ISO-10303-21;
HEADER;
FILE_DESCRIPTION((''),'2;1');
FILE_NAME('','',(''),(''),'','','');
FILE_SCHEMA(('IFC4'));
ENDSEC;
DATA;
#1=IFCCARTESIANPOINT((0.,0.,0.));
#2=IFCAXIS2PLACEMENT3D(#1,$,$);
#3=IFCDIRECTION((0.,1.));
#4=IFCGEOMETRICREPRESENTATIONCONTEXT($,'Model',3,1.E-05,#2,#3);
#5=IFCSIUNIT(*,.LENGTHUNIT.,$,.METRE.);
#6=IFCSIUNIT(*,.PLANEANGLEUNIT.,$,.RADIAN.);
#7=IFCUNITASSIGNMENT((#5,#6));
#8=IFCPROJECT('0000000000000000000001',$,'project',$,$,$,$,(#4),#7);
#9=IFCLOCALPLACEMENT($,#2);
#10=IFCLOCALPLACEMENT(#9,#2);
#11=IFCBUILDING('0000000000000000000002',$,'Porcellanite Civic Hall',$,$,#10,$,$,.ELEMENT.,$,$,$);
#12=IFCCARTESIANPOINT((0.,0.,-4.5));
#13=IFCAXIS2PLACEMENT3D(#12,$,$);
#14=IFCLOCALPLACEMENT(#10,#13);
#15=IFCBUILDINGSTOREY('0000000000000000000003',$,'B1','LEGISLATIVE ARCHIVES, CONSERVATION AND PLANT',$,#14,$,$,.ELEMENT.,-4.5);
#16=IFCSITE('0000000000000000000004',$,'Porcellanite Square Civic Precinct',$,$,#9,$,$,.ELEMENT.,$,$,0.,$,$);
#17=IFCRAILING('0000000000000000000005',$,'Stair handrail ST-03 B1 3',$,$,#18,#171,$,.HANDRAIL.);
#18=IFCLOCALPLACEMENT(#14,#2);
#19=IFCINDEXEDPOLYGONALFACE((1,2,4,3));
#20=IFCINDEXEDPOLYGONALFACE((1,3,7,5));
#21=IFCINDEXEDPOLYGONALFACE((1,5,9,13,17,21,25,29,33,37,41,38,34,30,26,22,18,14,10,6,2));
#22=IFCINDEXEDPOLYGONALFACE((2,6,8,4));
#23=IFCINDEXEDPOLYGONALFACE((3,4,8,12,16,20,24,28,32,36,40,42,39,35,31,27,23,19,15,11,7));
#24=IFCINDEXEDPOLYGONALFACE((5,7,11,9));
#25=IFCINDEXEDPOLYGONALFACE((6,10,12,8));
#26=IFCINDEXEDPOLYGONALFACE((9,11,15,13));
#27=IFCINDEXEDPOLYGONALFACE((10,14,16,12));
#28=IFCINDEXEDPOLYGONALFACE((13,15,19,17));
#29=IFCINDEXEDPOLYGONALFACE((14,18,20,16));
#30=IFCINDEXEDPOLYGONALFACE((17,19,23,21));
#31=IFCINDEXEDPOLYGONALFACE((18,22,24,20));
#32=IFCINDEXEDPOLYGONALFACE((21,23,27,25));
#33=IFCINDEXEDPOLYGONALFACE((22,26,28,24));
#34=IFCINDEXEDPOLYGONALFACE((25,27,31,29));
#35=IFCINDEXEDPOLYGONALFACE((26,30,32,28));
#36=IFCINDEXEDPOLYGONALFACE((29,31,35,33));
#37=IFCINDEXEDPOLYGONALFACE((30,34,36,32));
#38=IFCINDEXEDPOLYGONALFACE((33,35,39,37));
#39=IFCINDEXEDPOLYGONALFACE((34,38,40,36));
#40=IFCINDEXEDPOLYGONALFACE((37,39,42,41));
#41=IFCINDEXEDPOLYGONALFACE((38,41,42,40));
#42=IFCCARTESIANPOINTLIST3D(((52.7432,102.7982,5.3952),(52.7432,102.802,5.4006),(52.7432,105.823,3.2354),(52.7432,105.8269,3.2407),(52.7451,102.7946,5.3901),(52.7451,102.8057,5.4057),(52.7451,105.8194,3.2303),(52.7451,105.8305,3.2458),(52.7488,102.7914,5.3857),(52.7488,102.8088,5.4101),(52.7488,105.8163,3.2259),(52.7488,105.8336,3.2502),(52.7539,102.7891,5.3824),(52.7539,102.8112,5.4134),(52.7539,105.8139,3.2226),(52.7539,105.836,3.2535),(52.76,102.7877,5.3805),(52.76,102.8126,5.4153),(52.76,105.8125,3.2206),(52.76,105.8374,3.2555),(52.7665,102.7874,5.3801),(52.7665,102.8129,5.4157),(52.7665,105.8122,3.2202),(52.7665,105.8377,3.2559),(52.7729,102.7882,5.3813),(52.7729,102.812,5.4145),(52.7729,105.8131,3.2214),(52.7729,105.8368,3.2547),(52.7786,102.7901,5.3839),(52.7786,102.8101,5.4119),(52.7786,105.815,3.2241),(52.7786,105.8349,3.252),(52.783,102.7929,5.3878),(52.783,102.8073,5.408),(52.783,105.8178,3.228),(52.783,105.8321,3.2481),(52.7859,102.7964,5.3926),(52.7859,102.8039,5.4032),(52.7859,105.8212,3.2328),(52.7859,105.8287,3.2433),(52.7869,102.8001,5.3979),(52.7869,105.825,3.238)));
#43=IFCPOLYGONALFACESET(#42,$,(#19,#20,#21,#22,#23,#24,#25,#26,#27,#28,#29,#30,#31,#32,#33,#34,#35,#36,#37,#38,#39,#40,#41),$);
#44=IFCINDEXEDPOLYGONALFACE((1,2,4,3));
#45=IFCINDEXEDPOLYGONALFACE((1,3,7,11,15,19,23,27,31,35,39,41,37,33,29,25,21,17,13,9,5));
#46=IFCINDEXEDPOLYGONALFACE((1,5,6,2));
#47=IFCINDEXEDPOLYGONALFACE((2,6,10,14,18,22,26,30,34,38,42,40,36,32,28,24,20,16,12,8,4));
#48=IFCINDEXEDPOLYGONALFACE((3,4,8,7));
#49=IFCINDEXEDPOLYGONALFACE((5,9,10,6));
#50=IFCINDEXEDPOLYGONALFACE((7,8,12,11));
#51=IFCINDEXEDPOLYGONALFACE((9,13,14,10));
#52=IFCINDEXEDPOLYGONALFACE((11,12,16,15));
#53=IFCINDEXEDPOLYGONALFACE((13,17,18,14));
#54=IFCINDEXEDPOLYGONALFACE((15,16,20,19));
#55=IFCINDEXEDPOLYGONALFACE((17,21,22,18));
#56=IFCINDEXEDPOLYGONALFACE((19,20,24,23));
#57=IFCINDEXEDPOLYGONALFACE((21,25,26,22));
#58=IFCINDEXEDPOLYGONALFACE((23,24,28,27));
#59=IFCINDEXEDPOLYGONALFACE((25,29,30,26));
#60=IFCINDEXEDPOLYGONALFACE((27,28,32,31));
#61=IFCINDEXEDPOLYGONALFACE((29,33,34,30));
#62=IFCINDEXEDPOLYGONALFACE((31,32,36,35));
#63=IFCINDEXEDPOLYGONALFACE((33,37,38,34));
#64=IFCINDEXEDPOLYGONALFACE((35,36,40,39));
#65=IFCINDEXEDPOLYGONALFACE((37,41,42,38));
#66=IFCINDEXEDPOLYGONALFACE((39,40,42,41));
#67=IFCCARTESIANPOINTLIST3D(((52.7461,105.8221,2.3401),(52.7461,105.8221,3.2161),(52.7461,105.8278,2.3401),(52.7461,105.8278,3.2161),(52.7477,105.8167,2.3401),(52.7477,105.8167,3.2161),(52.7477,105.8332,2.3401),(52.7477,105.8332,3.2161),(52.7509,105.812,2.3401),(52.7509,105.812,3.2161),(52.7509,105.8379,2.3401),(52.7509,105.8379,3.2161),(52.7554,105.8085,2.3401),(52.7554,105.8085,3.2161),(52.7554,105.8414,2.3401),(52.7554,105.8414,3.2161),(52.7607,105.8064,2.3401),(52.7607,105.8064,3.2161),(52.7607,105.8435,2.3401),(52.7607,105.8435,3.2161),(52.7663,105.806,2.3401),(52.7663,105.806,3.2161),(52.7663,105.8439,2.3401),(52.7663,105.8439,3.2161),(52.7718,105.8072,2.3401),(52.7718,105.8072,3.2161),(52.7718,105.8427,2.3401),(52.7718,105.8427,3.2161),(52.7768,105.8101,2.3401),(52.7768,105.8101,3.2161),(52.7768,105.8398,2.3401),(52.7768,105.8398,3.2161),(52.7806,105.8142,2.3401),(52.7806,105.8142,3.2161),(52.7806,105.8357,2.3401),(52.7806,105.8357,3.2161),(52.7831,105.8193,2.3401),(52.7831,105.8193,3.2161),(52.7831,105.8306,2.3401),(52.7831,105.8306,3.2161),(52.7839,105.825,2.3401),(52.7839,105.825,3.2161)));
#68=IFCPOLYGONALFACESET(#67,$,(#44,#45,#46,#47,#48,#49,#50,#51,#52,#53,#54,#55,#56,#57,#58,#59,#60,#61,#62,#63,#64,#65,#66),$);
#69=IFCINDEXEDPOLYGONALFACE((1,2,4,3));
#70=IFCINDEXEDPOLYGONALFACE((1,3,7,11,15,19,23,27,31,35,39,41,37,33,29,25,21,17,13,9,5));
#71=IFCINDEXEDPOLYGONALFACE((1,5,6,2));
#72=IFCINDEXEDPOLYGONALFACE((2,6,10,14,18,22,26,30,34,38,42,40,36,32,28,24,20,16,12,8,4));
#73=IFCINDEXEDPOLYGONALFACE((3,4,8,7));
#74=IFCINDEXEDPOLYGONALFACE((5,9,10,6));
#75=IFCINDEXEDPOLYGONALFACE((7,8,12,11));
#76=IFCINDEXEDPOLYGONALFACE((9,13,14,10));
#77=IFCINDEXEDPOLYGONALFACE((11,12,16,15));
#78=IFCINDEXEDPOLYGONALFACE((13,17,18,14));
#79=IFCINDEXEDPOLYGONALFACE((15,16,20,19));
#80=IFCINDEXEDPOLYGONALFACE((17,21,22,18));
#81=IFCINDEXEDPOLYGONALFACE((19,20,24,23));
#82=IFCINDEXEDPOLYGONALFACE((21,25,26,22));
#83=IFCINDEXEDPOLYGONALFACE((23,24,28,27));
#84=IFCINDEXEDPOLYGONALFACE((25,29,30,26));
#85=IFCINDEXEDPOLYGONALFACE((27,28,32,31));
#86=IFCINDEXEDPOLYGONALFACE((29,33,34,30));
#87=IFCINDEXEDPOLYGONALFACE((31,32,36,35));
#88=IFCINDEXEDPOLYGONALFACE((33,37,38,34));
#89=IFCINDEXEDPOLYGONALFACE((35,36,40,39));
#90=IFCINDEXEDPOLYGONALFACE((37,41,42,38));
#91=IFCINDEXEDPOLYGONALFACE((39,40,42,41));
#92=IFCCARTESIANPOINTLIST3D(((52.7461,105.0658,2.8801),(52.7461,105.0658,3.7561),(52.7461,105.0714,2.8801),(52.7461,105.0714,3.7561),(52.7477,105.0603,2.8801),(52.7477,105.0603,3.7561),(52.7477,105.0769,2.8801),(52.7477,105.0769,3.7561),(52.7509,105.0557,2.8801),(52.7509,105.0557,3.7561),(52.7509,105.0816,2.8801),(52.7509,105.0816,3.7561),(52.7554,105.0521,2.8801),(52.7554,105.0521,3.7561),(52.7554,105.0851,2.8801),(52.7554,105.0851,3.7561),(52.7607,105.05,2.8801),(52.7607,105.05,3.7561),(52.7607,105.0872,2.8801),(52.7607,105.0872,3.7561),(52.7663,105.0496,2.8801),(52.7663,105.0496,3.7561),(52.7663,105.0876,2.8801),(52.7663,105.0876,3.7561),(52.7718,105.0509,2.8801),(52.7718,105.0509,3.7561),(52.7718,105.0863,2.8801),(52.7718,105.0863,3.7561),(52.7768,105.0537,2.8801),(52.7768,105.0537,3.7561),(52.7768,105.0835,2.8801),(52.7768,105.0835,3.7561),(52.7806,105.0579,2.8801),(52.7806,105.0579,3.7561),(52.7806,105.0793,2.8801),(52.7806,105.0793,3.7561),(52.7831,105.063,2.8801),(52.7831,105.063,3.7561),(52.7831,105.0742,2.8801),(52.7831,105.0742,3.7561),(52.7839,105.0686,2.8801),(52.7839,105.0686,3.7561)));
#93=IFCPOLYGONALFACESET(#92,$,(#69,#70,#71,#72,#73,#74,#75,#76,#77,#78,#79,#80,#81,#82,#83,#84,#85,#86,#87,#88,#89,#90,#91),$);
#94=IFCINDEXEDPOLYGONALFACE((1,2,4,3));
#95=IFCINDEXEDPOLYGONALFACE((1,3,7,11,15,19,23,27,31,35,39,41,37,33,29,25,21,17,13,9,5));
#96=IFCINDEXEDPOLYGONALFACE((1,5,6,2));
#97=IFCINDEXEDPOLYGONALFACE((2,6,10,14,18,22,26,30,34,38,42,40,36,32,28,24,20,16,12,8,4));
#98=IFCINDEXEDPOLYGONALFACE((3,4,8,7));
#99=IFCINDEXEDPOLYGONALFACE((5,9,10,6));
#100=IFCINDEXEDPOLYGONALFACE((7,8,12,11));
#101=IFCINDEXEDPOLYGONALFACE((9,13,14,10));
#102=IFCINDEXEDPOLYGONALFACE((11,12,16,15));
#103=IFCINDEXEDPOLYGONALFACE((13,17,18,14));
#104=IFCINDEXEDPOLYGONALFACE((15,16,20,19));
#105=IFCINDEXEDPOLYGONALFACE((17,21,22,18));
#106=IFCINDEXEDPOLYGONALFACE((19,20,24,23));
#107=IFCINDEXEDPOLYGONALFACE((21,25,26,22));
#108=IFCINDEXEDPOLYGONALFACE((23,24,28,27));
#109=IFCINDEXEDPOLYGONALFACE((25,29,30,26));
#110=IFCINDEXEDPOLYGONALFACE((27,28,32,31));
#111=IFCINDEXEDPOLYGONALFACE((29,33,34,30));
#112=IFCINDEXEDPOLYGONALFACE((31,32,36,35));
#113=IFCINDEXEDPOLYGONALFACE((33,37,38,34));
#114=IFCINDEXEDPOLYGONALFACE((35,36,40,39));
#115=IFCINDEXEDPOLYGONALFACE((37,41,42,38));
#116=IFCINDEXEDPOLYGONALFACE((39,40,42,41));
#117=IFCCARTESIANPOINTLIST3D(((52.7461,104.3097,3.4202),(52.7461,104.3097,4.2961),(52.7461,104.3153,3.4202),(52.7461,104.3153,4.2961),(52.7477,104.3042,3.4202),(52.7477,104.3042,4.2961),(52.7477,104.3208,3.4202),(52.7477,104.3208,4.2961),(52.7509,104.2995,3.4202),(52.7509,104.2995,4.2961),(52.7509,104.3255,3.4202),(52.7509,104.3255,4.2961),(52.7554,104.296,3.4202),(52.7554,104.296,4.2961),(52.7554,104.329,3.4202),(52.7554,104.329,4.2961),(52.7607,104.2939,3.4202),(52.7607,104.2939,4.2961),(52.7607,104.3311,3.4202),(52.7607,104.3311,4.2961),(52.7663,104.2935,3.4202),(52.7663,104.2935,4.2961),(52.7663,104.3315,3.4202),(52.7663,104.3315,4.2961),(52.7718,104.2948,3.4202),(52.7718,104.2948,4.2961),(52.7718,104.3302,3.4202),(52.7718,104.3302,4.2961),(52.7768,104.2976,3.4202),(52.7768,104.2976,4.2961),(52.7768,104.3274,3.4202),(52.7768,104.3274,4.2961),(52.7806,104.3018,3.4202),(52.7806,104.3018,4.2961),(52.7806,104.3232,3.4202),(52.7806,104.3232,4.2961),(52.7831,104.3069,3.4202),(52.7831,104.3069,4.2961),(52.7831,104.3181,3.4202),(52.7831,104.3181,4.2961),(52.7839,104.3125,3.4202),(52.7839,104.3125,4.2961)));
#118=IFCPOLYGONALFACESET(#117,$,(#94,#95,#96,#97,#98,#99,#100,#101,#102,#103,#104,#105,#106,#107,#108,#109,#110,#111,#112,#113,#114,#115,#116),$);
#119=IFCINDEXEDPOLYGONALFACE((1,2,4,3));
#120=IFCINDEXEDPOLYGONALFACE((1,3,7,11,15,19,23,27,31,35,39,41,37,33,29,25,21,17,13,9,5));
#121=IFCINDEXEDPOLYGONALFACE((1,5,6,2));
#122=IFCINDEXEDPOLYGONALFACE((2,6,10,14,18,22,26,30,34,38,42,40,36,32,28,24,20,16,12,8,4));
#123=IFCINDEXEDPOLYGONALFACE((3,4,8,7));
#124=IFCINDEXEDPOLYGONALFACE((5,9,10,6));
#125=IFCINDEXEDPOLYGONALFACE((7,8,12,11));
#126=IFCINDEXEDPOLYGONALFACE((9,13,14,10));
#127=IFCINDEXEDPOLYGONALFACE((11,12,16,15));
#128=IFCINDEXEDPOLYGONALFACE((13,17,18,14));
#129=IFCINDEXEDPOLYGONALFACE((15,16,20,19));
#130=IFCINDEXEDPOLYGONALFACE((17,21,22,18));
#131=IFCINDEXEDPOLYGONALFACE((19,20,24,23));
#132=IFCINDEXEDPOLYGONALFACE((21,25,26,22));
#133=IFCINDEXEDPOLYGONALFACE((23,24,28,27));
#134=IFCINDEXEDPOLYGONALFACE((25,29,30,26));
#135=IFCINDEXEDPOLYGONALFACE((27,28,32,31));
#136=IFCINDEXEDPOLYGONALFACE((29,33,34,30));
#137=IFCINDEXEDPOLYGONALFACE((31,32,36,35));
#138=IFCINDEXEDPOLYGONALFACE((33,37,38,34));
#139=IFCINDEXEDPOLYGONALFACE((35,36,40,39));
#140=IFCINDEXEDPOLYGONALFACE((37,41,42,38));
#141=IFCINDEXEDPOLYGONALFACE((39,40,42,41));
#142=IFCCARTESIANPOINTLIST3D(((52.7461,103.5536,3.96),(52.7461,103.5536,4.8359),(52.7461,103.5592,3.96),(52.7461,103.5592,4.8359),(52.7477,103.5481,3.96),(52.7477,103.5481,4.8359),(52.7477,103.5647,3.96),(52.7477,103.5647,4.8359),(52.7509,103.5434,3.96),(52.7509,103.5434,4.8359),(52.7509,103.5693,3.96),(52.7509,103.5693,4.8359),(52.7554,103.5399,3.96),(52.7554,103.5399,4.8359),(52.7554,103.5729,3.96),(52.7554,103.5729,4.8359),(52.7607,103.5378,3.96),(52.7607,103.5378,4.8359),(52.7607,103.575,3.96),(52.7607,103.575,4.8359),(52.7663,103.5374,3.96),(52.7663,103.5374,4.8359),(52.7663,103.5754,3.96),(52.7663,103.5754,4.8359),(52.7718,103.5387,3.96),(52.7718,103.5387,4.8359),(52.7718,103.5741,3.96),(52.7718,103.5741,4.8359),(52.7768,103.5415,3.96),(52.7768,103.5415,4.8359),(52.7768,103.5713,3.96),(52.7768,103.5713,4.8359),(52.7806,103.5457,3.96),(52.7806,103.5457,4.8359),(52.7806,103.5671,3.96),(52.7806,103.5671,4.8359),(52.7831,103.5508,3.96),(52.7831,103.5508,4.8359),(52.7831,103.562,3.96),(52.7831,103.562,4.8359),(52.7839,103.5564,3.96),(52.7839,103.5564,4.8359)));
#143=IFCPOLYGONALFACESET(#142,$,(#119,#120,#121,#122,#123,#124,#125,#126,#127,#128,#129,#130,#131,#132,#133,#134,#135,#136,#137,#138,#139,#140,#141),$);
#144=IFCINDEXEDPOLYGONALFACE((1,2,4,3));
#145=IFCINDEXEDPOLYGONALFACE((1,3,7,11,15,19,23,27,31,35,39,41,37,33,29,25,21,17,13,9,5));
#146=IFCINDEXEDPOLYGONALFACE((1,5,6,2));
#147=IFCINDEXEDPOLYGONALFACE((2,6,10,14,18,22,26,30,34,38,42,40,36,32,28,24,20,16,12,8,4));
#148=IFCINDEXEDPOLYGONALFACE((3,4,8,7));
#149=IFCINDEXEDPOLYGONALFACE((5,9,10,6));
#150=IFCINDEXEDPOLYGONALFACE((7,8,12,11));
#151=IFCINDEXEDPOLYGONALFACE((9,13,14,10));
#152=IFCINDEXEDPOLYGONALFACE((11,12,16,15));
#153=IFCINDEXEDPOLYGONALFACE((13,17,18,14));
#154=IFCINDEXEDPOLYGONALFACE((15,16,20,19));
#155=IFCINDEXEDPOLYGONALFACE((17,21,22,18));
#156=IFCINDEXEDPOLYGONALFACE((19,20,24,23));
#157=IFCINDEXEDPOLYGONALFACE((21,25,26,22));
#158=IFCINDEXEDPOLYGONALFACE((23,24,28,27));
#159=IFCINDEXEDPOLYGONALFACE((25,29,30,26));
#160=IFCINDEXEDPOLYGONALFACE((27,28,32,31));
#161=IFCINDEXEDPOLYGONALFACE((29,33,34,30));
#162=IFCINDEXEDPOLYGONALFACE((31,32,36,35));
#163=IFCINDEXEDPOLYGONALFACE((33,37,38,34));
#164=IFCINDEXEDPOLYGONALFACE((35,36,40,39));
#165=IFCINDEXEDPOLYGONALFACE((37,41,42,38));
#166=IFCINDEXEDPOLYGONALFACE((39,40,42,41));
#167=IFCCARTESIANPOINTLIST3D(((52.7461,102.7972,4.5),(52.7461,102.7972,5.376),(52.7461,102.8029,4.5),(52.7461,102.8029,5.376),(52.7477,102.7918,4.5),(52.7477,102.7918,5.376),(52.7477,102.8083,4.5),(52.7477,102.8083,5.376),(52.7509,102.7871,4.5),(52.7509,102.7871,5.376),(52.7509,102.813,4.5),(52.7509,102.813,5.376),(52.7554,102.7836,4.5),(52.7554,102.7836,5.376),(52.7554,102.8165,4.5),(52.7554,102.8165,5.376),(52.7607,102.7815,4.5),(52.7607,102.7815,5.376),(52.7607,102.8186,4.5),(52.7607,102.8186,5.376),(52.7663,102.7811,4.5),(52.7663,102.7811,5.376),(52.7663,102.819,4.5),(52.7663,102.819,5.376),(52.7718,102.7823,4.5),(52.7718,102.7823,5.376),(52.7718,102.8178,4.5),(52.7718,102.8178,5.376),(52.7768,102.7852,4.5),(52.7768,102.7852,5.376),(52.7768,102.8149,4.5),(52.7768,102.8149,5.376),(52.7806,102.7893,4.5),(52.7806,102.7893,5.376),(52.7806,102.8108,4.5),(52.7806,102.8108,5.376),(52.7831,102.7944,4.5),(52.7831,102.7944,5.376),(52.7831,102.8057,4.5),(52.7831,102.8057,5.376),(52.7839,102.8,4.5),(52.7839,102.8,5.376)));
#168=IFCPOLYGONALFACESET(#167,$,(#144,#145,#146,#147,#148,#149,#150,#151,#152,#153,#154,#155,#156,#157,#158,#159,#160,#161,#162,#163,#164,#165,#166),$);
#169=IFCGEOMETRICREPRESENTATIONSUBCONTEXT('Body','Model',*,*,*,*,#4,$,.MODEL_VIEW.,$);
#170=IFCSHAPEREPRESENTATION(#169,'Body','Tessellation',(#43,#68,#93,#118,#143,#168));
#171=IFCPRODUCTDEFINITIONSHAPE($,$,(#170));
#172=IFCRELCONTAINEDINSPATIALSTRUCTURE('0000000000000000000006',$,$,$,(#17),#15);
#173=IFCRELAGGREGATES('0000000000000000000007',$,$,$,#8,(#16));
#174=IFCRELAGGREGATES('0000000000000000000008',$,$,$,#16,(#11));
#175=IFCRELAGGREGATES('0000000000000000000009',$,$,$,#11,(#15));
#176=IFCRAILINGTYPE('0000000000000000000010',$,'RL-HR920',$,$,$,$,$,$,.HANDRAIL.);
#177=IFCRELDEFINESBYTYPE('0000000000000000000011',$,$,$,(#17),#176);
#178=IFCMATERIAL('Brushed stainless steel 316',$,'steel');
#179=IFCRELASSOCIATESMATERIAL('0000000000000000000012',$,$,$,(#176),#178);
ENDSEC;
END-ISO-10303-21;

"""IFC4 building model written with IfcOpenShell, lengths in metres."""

from ifc_helpers import new_model, si_unit, direction, frame, origin, origin_2d, place, context, subcontext, project, spatial, circle, extrude, material, type_object, element, save


model = new_model("IFC4")

# Units and contexts
model_context = context("Model", 3, precision=1e-05, world=origin(), true_north=direction((0.0, 1.0)))
body_context = subcontext(model_context, "Body", "Model", "MODEL_VIEW")
ifc_project = project(units=[si_unit("LENGTHUNIT", "METRE"), si_unit("PLANEANGLEUNIT", "RADIAN")], contexts=[model_context])

# Site, building, storey
site_placement = place(None, origin())
site = spatial("IfcSite", under=ifc_project, at=site_placement, Name="Porcellanite Square Civic Precinct", CompositionType="ELEMENT", RefElevation=0.0)
building_placement = place(site_placement, origin())
building = spatial("IfcBuilding", under=site, at=building_placement, Name="Porcellanite Civic Hall", CompositionType="ELEMENT")
storey_placement = place(building_placement, frame((0.0, 0.0, -4.5)))
storey = spatial("IfcBuildingStorey", under=building, at=storey_placement, Name="B1", Description="LEGISLATIVE ARCHIVES, CONSERVATION AND PLANT", CompositionType="ELEMENT", Elevation=-4.5)

# Railing
ifc_material_1 = material(Name="Brushed stainless steel 316", Category="steel")
railing_type_1 = type_object("IfcRailingType", Name="RL-HR920", PredefinedType="HANDRAIL", material=ifc_material_1)
railing_1_placement = place(storey_placement, frame((52.7649, 105.825, 2.3401)))
element("IfcRailing", 1, at=railing_1_placement, inside=storey, type_object=railing_type_1, Name="Stair handrail ST-03 B1 3", PredefinedType="HANDRAIL", context=body_context, shape_type="SweptSolid", body=[
    extrude(circle(Radius=0.022, at=origin_2d()), frame((0.0, 0.0, 0.8979), z_axis=(0.0, -0.813827, 0.581108), x_axis=(1.0, 0.0, 0.0)), (0.0, 0.0, 1.0), 3.7168),
    extrude(circle(Radius=0.019, at=origin_2d()), origin(), (0.0, 0.0, 1.0), 0.876),
    extrude(circle(Radius=0.019, at=origin_2d()), frame((0.0, -0.7563, 0.54)), (0.0, 0.0, 1.0), 0.876),
    extrude(circle(Radius=0.019, at=origin_2d()), frame((0.0, -1.5125, 1.0801)), (0.0, 0.0, 1.0), 0.876),
    extrude(circle(Radius=0.019, at=origin_2d()), frame((0.0, -2.2686, 1.6199)), (0.0, 0.0, 1.0), 0.876),
    extrude(circle(Radius=0.019, at=origin_2d()), frame((0.0, -3.0249, 2.1599)), (0.0, 0.0, 1.0), 0.876),
])

save(model, "model.ifc")
